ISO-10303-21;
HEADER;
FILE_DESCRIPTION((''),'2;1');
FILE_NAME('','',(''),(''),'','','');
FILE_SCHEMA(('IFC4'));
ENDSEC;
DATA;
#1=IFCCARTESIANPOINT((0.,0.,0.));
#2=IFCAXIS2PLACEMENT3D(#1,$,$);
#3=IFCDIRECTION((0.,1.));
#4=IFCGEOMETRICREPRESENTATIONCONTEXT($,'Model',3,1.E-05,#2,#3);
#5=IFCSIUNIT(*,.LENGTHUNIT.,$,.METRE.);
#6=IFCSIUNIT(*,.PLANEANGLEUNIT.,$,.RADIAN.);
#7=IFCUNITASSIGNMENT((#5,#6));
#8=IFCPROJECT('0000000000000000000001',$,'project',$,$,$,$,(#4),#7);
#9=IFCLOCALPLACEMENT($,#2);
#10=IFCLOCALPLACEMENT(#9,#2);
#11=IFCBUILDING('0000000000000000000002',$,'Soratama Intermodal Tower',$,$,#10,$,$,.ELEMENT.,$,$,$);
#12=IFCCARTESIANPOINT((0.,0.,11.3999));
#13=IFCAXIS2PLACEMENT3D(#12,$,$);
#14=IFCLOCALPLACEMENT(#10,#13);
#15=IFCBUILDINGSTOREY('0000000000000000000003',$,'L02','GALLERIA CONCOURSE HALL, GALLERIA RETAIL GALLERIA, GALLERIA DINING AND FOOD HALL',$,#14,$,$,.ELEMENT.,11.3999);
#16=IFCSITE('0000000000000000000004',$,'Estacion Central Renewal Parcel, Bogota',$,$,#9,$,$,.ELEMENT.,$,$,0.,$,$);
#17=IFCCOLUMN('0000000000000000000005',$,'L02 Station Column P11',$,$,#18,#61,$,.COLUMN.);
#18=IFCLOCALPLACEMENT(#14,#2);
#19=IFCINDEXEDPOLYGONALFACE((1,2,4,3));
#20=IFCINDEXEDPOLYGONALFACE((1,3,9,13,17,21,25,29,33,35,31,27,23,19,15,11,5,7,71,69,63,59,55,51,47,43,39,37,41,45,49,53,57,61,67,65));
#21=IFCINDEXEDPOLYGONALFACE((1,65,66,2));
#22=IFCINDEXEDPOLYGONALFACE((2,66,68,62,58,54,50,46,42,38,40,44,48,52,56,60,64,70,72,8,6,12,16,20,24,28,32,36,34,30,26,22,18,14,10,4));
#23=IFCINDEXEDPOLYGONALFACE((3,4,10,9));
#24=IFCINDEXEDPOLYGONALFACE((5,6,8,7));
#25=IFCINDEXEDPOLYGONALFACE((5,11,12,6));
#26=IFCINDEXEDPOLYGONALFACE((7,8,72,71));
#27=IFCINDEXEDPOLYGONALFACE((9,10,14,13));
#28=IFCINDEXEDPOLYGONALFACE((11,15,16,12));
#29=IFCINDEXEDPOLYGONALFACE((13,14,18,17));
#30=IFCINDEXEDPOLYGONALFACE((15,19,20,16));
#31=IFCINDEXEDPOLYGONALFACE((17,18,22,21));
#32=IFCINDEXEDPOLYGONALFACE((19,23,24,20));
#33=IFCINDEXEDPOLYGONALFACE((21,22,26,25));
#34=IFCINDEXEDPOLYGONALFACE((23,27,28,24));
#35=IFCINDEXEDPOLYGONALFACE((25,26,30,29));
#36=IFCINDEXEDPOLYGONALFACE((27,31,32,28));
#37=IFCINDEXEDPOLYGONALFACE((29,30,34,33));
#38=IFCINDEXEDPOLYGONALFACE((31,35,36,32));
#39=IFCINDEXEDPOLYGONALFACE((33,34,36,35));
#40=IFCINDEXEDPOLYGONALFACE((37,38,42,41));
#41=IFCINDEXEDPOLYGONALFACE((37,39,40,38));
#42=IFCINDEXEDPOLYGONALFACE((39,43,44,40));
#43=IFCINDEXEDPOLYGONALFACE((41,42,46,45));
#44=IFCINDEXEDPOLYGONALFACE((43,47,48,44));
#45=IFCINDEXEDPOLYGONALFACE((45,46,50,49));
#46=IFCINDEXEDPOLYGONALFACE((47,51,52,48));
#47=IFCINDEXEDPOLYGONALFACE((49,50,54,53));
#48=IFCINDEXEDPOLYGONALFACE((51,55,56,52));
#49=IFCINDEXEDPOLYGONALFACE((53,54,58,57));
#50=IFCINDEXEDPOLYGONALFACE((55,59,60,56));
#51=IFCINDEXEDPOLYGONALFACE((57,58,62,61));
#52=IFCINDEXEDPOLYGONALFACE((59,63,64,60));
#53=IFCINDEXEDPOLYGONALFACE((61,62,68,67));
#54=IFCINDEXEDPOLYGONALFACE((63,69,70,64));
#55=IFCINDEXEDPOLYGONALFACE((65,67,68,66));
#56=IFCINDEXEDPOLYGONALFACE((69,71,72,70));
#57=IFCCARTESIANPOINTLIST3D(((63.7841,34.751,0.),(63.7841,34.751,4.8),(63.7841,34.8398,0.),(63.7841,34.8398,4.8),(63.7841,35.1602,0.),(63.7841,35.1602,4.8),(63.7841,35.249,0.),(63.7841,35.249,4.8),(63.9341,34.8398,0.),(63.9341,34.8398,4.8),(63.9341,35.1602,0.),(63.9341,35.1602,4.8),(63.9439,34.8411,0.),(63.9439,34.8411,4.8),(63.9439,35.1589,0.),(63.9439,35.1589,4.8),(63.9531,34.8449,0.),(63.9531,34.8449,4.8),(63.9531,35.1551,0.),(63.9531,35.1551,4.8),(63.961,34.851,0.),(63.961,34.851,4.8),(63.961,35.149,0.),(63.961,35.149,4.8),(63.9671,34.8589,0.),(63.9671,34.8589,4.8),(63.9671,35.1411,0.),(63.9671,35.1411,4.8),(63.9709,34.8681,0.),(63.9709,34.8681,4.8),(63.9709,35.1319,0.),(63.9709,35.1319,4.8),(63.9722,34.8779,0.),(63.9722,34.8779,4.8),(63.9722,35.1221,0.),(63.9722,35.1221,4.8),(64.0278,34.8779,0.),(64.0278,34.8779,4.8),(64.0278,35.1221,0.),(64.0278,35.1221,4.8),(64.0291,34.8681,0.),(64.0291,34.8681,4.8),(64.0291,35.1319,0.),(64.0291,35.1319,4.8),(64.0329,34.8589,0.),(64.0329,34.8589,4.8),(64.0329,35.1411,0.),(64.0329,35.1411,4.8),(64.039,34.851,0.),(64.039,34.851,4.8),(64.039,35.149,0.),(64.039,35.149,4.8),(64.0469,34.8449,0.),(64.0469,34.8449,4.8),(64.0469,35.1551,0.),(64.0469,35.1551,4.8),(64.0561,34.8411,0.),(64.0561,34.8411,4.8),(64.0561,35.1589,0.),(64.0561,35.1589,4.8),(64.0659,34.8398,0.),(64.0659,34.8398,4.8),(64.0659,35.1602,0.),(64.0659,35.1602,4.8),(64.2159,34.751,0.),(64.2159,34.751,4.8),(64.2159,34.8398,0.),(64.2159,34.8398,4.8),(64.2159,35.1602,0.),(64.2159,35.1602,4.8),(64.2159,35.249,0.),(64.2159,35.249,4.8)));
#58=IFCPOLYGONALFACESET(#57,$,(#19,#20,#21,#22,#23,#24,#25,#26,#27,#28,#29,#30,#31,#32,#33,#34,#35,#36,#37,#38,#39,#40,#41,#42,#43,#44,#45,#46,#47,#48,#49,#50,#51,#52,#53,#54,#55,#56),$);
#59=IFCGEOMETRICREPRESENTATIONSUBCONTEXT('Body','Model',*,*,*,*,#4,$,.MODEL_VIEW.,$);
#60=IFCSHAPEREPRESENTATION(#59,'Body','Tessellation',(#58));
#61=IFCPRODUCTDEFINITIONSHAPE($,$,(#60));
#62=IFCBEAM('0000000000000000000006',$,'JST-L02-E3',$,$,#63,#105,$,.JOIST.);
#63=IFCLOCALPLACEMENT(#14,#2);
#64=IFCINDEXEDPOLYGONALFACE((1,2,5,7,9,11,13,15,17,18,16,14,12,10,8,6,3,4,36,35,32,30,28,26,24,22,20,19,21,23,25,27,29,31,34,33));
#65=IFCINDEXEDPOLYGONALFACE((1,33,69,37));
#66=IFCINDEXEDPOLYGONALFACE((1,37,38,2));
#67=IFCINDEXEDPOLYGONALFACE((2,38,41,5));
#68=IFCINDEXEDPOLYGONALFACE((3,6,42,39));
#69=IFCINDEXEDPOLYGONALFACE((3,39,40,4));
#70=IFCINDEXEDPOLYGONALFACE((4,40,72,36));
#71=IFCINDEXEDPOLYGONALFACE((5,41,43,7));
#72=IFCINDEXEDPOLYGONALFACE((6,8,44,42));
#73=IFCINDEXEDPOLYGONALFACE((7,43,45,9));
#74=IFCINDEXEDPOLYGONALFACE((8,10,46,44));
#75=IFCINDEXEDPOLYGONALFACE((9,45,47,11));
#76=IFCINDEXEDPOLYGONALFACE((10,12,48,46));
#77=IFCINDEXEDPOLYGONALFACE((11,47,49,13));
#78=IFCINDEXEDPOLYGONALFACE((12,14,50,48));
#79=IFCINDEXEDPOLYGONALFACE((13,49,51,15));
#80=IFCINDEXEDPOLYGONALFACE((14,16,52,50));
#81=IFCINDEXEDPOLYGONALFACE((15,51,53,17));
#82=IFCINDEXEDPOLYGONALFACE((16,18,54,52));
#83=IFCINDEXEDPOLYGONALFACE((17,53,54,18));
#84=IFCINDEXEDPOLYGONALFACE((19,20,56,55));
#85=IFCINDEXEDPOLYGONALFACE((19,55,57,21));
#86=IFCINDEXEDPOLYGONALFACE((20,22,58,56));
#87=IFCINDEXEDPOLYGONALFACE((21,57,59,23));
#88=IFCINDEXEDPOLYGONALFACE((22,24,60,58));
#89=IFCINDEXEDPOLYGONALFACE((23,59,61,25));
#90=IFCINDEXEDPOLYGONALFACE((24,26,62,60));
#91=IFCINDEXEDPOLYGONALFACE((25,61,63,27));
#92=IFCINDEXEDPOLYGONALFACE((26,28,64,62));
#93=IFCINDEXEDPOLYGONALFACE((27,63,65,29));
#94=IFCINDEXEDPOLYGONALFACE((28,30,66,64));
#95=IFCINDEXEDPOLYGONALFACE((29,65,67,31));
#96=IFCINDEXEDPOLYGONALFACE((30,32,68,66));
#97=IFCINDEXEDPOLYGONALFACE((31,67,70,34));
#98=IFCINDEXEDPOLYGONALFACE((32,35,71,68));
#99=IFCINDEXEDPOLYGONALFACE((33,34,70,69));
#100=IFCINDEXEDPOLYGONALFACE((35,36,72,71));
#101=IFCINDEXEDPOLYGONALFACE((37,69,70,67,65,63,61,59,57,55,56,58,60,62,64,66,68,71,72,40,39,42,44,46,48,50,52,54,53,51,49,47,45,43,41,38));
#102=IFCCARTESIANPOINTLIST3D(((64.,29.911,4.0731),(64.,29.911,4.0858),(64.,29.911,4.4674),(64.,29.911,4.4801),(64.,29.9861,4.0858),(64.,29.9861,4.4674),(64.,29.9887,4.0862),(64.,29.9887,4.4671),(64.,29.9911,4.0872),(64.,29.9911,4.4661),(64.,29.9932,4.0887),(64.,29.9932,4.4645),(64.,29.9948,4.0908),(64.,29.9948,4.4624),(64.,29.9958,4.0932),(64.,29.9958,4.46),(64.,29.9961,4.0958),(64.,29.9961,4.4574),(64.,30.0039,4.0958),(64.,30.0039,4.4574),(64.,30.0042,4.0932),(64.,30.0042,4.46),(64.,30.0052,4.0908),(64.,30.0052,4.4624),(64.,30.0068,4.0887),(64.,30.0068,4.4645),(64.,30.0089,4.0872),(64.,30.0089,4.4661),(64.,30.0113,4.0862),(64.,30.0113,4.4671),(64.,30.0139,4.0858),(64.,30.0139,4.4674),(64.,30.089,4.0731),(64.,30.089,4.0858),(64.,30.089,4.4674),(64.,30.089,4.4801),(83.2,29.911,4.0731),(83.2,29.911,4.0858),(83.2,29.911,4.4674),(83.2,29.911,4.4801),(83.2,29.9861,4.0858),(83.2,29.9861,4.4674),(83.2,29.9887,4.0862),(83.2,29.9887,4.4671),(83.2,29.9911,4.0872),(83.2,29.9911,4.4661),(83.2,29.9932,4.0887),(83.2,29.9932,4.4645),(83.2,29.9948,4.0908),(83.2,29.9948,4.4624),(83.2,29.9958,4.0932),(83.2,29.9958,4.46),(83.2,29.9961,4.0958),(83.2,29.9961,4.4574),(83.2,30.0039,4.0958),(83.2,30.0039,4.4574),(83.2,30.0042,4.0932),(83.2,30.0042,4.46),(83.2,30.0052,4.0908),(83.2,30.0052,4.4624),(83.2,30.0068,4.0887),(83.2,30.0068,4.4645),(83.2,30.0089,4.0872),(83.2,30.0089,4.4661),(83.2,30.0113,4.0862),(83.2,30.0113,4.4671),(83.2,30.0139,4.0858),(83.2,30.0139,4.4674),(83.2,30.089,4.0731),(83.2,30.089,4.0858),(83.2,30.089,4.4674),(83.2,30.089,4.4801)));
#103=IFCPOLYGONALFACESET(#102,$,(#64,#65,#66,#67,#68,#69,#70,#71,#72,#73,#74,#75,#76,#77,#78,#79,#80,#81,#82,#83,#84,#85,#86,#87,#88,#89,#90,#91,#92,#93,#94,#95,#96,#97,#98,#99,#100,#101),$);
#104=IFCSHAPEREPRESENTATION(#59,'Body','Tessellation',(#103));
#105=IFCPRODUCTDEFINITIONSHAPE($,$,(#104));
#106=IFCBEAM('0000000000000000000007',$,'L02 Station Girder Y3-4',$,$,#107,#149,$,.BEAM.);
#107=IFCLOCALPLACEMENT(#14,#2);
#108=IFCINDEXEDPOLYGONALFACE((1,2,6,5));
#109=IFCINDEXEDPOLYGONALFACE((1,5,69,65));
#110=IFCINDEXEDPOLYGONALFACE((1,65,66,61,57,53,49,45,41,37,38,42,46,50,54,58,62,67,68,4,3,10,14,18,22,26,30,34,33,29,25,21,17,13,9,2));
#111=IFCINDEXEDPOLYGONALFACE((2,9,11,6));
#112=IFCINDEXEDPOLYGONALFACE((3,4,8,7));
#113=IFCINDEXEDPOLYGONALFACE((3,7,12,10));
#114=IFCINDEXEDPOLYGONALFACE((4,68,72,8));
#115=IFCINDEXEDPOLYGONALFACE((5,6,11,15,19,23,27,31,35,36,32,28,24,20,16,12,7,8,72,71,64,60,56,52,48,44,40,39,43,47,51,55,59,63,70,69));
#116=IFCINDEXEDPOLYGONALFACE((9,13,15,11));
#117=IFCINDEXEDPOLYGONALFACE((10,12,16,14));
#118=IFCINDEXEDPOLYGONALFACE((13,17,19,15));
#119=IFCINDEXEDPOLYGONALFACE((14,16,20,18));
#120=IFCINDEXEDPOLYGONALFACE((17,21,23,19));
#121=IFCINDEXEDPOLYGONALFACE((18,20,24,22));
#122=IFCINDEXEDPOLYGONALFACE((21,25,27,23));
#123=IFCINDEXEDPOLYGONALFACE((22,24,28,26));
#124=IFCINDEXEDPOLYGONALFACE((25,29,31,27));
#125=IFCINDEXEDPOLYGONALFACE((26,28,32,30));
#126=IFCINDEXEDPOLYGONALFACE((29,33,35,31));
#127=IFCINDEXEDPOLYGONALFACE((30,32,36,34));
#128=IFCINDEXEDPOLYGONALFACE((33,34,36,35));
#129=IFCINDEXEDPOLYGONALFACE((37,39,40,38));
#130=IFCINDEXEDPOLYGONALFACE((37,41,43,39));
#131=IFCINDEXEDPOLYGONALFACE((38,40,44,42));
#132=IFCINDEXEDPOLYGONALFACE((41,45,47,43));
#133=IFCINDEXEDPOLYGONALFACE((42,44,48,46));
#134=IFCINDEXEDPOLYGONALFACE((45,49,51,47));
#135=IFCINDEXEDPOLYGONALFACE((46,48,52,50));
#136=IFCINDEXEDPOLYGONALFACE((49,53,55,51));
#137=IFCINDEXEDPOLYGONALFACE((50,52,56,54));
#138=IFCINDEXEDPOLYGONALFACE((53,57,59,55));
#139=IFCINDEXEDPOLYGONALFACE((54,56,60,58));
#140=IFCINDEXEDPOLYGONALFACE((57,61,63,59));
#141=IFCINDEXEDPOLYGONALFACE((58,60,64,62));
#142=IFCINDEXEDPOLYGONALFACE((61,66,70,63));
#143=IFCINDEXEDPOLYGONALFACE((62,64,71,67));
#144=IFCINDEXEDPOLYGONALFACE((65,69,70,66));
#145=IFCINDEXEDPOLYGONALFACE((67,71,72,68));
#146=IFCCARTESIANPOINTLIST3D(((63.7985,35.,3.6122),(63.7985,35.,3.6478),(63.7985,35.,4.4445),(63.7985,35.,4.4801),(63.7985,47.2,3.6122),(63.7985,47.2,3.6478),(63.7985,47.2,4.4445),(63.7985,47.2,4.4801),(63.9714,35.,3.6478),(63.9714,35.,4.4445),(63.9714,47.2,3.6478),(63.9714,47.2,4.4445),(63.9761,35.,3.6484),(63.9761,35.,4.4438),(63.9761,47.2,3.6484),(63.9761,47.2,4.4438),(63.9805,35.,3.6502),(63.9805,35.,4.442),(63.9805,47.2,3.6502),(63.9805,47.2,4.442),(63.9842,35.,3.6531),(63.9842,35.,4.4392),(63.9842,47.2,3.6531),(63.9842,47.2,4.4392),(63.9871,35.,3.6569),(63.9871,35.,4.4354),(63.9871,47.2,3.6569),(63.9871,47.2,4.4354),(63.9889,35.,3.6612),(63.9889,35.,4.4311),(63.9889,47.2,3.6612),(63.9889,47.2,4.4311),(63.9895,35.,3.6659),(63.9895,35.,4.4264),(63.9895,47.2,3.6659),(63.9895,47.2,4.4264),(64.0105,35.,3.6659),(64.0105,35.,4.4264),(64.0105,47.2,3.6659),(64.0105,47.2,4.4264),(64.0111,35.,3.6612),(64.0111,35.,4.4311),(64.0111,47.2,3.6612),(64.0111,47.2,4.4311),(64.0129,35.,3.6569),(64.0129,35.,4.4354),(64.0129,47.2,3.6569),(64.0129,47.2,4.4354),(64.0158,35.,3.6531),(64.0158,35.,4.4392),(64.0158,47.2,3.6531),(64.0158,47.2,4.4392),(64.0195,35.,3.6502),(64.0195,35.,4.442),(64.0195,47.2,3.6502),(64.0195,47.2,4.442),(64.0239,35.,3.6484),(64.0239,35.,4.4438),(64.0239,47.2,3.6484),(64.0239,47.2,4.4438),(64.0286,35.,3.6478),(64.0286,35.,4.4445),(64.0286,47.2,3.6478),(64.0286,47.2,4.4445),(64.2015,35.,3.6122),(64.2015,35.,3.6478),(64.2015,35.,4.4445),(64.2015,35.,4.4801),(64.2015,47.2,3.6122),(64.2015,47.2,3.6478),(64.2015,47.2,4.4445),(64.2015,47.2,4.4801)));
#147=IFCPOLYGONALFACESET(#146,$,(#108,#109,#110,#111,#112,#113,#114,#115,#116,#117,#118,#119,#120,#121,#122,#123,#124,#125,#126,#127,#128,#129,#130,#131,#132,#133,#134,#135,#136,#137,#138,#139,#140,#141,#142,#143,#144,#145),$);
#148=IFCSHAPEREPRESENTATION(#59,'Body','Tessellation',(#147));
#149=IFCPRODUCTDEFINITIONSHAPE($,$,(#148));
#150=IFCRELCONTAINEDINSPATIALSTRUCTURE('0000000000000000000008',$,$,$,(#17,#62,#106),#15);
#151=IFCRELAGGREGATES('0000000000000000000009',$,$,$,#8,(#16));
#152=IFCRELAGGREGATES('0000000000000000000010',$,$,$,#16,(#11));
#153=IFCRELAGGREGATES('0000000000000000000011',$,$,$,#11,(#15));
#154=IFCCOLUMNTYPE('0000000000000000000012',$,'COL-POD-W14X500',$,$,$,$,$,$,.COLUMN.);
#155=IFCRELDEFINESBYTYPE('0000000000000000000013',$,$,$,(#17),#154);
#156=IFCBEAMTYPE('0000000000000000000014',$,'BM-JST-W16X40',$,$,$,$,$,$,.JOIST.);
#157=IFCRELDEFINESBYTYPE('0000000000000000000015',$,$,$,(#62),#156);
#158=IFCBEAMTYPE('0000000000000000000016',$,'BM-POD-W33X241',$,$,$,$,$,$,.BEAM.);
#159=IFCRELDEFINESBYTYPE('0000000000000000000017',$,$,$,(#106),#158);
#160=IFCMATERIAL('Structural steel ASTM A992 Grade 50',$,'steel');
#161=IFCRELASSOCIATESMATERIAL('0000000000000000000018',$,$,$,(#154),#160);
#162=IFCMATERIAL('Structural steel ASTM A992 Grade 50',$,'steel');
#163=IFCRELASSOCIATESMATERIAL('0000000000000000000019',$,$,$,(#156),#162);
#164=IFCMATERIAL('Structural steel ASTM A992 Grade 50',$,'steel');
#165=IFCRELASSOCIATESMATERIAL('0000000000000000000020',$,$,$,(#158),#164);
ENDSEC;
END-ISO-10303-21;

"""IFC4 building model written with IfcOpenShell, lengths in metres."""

from ifc_helpers import new_model, si_unit, direction, frame, origin, origin_2d, place, context, subcontext, project, spatial, i_section, extrude, material, material_profile, profile_set, type_object, element, save


model = new_model("IFC4")

# Units and contexts
model_context = context("Model", 3, precision=1e-05, world=origin(), true_north=direction((0.0, 1.0)))
body_context = subcontext(model_context, "Body", "Model", "MODEL_VIEW")
ifc_project = project(units=[si_unit("LENGTHUNIT", "METRE"), si_unit("PLANEANGLEUNIT", "RADIAN")], contexts=[model_context])

# Site, building, storey
site_placement = place(None, origin())
site = spatial("IfcSite", under=ifc_project, at=site_placement, Name="Estacion Central Renewal Parcel, Bogota", CompositionType="ELEMENT", RefElevation=0.0)
building_placement = place(site_placement, origin())
building = spatial("IfcBuilding", under=site, at=building_placement, Name="Soratama Intermodal Tower", CompositionType="ELEMENT")
storey_placement = place(building_placement, frame((0.0, 0.0, 11.3999)))
storey = spatial("IfcBuildingStorey", under=building, at=storey_placement, Name="L02", Description="GALLERIA CONCOURSE HALL, GALLERIA RETAIL GALLERIA, GALLERIA DINING AND FOOD HALL", CompositionType="ELEMENT", Elevation=11.3999)

# Column
ifc_material_1 = material(Name="Structural steel ASTM A992 Grade 50", Category="steel")
ifc_material_profile_1 = material_profile(ifc_material_1, i_section(OverallWidth=0.4319, OverallDepth=0.498, WebThickness=0.0557, FlangeThickness=0.0889, FilletRadius=0.0381, at=origin_2d()), Name="W14X500")
ifc_profile_set_1 = profile_set([ifc_material_profile_1], Name="Structural steel ASTM A992 Grade 50")
column_type = type_object("IfcColumnType", Name="COL-POD-W14X500", PredefinedType="COLUMN", material=ifc_profile_set_1)
column_placement = place(storey_placement, frame((64.0, 35.0, 0.0), z_axis=(0.0, 0.0, 1.0), x_axis=(1.0, 0.0, 0.0)))
element("IfcColumn", 1, at=column_placement, inside=storey, type_object=column_type, Name="L02 Station Column P11", PredefinedType="COLUMN", context=body_context, shape_type="SweptSolid", body=[
    extrude(i_section(OverallWidth=0.4319, OverallDepth=0.498, WebThickness=0.0557, FlangeThickness=0.0889, FilletRadius=0.0381, at=origin_2d()), origin(), (0.0, 0.0, 1.0), 4.8),
])

# Beams
ifc_material_2 = material(Name="Structural steel ASTM A992 Grade 50", Category="steel")
ifc_material_profile_2 = material_profile(ifc_material_2, i_section(OverallWidth=0.178, OverallDepth=0.407, WebThickness=0.0078, FlangeThickness=0.0127, FilletRadius=0.01, at=origin_2d()), Name="W16X40")
ifc_profile_set_2 = profile_set([ifc_material_profile_2], Name="Structural steel ASTM A992 Grade 50")
beam_type_1 = type_object("IfcBeamType", Name="BM-JST-W16X40", PredefinedType="JOIST", material=ifc_profile_set_2)
beam_1_placement = place(storey_placement, frame((64.0, 30.0, 4.2766), z_axis=(1.0, 0.0, 0.0), x_axis=(0.0, 1.0, 0.0)))
element("IfcBeam", 2, at=beam_1_placement, inside=storey, type_object=beam_type_1, Name="JST-L02-E3", PredefinedType="JOIST", context=body_context, shape_type="SweptSolid", body=[
    extrude(i_section(OverallWidth=0.178, OverallDepth=0.407, WebThickness=0.0078, FlangeThickness=0.0127, FilletRadius=0.01, at=origin_2d()), origin(), (0.0, 0.0, 1.0), 19.2),
])
ifc_material_3 = material(Name="Structural steel ASTM A992 Grade 50", Category="steel")
ifc_material_profile_3 = material_profile(ifc_material_3, i_section(OverallWidth=0.4031, OverallDepth=0.8679, WebThickness=0.021, FlangeThickness=0.0356, FilletRadius=0.0181, at=origin_2d()), Name="W33X241")
ifc_profile_set_3 = profile_set([ifc_material_profile_3], Name="Structural steel ASTM A992 Grade 50")
beam_type_2 = type_object("IfcBeamType", Name="BM-POD-W33X241", PredefinedType="BEAM", material=ifc_profile_set_3)
beam_2_placement = place(storey_placement, frame((64.0, 35.0, 4.0461), z_axis=(0.0, 1.0, 0.0), x_axis=(-1.0, 0.0, 0.0)))
element("IfcBeam", 3, at=beam_2_placement, inside=storey, type_object=beam_type_2, Name="L02 Station Girder Y3-4", PredefinedType="BEAM", context=body_context, shape_type="SweptSolid", body=[
    extrude(i_section(OverallWidth=0.4031, OverallDepth=0.8679, WebThickness=0.021, FlangeThickness=0.0356, FilletRadius=0.0181, at=origin_2d()), origin(), (0.0, 0.0, 1.0), 12.2),
])

save(model, "model.ifc")
